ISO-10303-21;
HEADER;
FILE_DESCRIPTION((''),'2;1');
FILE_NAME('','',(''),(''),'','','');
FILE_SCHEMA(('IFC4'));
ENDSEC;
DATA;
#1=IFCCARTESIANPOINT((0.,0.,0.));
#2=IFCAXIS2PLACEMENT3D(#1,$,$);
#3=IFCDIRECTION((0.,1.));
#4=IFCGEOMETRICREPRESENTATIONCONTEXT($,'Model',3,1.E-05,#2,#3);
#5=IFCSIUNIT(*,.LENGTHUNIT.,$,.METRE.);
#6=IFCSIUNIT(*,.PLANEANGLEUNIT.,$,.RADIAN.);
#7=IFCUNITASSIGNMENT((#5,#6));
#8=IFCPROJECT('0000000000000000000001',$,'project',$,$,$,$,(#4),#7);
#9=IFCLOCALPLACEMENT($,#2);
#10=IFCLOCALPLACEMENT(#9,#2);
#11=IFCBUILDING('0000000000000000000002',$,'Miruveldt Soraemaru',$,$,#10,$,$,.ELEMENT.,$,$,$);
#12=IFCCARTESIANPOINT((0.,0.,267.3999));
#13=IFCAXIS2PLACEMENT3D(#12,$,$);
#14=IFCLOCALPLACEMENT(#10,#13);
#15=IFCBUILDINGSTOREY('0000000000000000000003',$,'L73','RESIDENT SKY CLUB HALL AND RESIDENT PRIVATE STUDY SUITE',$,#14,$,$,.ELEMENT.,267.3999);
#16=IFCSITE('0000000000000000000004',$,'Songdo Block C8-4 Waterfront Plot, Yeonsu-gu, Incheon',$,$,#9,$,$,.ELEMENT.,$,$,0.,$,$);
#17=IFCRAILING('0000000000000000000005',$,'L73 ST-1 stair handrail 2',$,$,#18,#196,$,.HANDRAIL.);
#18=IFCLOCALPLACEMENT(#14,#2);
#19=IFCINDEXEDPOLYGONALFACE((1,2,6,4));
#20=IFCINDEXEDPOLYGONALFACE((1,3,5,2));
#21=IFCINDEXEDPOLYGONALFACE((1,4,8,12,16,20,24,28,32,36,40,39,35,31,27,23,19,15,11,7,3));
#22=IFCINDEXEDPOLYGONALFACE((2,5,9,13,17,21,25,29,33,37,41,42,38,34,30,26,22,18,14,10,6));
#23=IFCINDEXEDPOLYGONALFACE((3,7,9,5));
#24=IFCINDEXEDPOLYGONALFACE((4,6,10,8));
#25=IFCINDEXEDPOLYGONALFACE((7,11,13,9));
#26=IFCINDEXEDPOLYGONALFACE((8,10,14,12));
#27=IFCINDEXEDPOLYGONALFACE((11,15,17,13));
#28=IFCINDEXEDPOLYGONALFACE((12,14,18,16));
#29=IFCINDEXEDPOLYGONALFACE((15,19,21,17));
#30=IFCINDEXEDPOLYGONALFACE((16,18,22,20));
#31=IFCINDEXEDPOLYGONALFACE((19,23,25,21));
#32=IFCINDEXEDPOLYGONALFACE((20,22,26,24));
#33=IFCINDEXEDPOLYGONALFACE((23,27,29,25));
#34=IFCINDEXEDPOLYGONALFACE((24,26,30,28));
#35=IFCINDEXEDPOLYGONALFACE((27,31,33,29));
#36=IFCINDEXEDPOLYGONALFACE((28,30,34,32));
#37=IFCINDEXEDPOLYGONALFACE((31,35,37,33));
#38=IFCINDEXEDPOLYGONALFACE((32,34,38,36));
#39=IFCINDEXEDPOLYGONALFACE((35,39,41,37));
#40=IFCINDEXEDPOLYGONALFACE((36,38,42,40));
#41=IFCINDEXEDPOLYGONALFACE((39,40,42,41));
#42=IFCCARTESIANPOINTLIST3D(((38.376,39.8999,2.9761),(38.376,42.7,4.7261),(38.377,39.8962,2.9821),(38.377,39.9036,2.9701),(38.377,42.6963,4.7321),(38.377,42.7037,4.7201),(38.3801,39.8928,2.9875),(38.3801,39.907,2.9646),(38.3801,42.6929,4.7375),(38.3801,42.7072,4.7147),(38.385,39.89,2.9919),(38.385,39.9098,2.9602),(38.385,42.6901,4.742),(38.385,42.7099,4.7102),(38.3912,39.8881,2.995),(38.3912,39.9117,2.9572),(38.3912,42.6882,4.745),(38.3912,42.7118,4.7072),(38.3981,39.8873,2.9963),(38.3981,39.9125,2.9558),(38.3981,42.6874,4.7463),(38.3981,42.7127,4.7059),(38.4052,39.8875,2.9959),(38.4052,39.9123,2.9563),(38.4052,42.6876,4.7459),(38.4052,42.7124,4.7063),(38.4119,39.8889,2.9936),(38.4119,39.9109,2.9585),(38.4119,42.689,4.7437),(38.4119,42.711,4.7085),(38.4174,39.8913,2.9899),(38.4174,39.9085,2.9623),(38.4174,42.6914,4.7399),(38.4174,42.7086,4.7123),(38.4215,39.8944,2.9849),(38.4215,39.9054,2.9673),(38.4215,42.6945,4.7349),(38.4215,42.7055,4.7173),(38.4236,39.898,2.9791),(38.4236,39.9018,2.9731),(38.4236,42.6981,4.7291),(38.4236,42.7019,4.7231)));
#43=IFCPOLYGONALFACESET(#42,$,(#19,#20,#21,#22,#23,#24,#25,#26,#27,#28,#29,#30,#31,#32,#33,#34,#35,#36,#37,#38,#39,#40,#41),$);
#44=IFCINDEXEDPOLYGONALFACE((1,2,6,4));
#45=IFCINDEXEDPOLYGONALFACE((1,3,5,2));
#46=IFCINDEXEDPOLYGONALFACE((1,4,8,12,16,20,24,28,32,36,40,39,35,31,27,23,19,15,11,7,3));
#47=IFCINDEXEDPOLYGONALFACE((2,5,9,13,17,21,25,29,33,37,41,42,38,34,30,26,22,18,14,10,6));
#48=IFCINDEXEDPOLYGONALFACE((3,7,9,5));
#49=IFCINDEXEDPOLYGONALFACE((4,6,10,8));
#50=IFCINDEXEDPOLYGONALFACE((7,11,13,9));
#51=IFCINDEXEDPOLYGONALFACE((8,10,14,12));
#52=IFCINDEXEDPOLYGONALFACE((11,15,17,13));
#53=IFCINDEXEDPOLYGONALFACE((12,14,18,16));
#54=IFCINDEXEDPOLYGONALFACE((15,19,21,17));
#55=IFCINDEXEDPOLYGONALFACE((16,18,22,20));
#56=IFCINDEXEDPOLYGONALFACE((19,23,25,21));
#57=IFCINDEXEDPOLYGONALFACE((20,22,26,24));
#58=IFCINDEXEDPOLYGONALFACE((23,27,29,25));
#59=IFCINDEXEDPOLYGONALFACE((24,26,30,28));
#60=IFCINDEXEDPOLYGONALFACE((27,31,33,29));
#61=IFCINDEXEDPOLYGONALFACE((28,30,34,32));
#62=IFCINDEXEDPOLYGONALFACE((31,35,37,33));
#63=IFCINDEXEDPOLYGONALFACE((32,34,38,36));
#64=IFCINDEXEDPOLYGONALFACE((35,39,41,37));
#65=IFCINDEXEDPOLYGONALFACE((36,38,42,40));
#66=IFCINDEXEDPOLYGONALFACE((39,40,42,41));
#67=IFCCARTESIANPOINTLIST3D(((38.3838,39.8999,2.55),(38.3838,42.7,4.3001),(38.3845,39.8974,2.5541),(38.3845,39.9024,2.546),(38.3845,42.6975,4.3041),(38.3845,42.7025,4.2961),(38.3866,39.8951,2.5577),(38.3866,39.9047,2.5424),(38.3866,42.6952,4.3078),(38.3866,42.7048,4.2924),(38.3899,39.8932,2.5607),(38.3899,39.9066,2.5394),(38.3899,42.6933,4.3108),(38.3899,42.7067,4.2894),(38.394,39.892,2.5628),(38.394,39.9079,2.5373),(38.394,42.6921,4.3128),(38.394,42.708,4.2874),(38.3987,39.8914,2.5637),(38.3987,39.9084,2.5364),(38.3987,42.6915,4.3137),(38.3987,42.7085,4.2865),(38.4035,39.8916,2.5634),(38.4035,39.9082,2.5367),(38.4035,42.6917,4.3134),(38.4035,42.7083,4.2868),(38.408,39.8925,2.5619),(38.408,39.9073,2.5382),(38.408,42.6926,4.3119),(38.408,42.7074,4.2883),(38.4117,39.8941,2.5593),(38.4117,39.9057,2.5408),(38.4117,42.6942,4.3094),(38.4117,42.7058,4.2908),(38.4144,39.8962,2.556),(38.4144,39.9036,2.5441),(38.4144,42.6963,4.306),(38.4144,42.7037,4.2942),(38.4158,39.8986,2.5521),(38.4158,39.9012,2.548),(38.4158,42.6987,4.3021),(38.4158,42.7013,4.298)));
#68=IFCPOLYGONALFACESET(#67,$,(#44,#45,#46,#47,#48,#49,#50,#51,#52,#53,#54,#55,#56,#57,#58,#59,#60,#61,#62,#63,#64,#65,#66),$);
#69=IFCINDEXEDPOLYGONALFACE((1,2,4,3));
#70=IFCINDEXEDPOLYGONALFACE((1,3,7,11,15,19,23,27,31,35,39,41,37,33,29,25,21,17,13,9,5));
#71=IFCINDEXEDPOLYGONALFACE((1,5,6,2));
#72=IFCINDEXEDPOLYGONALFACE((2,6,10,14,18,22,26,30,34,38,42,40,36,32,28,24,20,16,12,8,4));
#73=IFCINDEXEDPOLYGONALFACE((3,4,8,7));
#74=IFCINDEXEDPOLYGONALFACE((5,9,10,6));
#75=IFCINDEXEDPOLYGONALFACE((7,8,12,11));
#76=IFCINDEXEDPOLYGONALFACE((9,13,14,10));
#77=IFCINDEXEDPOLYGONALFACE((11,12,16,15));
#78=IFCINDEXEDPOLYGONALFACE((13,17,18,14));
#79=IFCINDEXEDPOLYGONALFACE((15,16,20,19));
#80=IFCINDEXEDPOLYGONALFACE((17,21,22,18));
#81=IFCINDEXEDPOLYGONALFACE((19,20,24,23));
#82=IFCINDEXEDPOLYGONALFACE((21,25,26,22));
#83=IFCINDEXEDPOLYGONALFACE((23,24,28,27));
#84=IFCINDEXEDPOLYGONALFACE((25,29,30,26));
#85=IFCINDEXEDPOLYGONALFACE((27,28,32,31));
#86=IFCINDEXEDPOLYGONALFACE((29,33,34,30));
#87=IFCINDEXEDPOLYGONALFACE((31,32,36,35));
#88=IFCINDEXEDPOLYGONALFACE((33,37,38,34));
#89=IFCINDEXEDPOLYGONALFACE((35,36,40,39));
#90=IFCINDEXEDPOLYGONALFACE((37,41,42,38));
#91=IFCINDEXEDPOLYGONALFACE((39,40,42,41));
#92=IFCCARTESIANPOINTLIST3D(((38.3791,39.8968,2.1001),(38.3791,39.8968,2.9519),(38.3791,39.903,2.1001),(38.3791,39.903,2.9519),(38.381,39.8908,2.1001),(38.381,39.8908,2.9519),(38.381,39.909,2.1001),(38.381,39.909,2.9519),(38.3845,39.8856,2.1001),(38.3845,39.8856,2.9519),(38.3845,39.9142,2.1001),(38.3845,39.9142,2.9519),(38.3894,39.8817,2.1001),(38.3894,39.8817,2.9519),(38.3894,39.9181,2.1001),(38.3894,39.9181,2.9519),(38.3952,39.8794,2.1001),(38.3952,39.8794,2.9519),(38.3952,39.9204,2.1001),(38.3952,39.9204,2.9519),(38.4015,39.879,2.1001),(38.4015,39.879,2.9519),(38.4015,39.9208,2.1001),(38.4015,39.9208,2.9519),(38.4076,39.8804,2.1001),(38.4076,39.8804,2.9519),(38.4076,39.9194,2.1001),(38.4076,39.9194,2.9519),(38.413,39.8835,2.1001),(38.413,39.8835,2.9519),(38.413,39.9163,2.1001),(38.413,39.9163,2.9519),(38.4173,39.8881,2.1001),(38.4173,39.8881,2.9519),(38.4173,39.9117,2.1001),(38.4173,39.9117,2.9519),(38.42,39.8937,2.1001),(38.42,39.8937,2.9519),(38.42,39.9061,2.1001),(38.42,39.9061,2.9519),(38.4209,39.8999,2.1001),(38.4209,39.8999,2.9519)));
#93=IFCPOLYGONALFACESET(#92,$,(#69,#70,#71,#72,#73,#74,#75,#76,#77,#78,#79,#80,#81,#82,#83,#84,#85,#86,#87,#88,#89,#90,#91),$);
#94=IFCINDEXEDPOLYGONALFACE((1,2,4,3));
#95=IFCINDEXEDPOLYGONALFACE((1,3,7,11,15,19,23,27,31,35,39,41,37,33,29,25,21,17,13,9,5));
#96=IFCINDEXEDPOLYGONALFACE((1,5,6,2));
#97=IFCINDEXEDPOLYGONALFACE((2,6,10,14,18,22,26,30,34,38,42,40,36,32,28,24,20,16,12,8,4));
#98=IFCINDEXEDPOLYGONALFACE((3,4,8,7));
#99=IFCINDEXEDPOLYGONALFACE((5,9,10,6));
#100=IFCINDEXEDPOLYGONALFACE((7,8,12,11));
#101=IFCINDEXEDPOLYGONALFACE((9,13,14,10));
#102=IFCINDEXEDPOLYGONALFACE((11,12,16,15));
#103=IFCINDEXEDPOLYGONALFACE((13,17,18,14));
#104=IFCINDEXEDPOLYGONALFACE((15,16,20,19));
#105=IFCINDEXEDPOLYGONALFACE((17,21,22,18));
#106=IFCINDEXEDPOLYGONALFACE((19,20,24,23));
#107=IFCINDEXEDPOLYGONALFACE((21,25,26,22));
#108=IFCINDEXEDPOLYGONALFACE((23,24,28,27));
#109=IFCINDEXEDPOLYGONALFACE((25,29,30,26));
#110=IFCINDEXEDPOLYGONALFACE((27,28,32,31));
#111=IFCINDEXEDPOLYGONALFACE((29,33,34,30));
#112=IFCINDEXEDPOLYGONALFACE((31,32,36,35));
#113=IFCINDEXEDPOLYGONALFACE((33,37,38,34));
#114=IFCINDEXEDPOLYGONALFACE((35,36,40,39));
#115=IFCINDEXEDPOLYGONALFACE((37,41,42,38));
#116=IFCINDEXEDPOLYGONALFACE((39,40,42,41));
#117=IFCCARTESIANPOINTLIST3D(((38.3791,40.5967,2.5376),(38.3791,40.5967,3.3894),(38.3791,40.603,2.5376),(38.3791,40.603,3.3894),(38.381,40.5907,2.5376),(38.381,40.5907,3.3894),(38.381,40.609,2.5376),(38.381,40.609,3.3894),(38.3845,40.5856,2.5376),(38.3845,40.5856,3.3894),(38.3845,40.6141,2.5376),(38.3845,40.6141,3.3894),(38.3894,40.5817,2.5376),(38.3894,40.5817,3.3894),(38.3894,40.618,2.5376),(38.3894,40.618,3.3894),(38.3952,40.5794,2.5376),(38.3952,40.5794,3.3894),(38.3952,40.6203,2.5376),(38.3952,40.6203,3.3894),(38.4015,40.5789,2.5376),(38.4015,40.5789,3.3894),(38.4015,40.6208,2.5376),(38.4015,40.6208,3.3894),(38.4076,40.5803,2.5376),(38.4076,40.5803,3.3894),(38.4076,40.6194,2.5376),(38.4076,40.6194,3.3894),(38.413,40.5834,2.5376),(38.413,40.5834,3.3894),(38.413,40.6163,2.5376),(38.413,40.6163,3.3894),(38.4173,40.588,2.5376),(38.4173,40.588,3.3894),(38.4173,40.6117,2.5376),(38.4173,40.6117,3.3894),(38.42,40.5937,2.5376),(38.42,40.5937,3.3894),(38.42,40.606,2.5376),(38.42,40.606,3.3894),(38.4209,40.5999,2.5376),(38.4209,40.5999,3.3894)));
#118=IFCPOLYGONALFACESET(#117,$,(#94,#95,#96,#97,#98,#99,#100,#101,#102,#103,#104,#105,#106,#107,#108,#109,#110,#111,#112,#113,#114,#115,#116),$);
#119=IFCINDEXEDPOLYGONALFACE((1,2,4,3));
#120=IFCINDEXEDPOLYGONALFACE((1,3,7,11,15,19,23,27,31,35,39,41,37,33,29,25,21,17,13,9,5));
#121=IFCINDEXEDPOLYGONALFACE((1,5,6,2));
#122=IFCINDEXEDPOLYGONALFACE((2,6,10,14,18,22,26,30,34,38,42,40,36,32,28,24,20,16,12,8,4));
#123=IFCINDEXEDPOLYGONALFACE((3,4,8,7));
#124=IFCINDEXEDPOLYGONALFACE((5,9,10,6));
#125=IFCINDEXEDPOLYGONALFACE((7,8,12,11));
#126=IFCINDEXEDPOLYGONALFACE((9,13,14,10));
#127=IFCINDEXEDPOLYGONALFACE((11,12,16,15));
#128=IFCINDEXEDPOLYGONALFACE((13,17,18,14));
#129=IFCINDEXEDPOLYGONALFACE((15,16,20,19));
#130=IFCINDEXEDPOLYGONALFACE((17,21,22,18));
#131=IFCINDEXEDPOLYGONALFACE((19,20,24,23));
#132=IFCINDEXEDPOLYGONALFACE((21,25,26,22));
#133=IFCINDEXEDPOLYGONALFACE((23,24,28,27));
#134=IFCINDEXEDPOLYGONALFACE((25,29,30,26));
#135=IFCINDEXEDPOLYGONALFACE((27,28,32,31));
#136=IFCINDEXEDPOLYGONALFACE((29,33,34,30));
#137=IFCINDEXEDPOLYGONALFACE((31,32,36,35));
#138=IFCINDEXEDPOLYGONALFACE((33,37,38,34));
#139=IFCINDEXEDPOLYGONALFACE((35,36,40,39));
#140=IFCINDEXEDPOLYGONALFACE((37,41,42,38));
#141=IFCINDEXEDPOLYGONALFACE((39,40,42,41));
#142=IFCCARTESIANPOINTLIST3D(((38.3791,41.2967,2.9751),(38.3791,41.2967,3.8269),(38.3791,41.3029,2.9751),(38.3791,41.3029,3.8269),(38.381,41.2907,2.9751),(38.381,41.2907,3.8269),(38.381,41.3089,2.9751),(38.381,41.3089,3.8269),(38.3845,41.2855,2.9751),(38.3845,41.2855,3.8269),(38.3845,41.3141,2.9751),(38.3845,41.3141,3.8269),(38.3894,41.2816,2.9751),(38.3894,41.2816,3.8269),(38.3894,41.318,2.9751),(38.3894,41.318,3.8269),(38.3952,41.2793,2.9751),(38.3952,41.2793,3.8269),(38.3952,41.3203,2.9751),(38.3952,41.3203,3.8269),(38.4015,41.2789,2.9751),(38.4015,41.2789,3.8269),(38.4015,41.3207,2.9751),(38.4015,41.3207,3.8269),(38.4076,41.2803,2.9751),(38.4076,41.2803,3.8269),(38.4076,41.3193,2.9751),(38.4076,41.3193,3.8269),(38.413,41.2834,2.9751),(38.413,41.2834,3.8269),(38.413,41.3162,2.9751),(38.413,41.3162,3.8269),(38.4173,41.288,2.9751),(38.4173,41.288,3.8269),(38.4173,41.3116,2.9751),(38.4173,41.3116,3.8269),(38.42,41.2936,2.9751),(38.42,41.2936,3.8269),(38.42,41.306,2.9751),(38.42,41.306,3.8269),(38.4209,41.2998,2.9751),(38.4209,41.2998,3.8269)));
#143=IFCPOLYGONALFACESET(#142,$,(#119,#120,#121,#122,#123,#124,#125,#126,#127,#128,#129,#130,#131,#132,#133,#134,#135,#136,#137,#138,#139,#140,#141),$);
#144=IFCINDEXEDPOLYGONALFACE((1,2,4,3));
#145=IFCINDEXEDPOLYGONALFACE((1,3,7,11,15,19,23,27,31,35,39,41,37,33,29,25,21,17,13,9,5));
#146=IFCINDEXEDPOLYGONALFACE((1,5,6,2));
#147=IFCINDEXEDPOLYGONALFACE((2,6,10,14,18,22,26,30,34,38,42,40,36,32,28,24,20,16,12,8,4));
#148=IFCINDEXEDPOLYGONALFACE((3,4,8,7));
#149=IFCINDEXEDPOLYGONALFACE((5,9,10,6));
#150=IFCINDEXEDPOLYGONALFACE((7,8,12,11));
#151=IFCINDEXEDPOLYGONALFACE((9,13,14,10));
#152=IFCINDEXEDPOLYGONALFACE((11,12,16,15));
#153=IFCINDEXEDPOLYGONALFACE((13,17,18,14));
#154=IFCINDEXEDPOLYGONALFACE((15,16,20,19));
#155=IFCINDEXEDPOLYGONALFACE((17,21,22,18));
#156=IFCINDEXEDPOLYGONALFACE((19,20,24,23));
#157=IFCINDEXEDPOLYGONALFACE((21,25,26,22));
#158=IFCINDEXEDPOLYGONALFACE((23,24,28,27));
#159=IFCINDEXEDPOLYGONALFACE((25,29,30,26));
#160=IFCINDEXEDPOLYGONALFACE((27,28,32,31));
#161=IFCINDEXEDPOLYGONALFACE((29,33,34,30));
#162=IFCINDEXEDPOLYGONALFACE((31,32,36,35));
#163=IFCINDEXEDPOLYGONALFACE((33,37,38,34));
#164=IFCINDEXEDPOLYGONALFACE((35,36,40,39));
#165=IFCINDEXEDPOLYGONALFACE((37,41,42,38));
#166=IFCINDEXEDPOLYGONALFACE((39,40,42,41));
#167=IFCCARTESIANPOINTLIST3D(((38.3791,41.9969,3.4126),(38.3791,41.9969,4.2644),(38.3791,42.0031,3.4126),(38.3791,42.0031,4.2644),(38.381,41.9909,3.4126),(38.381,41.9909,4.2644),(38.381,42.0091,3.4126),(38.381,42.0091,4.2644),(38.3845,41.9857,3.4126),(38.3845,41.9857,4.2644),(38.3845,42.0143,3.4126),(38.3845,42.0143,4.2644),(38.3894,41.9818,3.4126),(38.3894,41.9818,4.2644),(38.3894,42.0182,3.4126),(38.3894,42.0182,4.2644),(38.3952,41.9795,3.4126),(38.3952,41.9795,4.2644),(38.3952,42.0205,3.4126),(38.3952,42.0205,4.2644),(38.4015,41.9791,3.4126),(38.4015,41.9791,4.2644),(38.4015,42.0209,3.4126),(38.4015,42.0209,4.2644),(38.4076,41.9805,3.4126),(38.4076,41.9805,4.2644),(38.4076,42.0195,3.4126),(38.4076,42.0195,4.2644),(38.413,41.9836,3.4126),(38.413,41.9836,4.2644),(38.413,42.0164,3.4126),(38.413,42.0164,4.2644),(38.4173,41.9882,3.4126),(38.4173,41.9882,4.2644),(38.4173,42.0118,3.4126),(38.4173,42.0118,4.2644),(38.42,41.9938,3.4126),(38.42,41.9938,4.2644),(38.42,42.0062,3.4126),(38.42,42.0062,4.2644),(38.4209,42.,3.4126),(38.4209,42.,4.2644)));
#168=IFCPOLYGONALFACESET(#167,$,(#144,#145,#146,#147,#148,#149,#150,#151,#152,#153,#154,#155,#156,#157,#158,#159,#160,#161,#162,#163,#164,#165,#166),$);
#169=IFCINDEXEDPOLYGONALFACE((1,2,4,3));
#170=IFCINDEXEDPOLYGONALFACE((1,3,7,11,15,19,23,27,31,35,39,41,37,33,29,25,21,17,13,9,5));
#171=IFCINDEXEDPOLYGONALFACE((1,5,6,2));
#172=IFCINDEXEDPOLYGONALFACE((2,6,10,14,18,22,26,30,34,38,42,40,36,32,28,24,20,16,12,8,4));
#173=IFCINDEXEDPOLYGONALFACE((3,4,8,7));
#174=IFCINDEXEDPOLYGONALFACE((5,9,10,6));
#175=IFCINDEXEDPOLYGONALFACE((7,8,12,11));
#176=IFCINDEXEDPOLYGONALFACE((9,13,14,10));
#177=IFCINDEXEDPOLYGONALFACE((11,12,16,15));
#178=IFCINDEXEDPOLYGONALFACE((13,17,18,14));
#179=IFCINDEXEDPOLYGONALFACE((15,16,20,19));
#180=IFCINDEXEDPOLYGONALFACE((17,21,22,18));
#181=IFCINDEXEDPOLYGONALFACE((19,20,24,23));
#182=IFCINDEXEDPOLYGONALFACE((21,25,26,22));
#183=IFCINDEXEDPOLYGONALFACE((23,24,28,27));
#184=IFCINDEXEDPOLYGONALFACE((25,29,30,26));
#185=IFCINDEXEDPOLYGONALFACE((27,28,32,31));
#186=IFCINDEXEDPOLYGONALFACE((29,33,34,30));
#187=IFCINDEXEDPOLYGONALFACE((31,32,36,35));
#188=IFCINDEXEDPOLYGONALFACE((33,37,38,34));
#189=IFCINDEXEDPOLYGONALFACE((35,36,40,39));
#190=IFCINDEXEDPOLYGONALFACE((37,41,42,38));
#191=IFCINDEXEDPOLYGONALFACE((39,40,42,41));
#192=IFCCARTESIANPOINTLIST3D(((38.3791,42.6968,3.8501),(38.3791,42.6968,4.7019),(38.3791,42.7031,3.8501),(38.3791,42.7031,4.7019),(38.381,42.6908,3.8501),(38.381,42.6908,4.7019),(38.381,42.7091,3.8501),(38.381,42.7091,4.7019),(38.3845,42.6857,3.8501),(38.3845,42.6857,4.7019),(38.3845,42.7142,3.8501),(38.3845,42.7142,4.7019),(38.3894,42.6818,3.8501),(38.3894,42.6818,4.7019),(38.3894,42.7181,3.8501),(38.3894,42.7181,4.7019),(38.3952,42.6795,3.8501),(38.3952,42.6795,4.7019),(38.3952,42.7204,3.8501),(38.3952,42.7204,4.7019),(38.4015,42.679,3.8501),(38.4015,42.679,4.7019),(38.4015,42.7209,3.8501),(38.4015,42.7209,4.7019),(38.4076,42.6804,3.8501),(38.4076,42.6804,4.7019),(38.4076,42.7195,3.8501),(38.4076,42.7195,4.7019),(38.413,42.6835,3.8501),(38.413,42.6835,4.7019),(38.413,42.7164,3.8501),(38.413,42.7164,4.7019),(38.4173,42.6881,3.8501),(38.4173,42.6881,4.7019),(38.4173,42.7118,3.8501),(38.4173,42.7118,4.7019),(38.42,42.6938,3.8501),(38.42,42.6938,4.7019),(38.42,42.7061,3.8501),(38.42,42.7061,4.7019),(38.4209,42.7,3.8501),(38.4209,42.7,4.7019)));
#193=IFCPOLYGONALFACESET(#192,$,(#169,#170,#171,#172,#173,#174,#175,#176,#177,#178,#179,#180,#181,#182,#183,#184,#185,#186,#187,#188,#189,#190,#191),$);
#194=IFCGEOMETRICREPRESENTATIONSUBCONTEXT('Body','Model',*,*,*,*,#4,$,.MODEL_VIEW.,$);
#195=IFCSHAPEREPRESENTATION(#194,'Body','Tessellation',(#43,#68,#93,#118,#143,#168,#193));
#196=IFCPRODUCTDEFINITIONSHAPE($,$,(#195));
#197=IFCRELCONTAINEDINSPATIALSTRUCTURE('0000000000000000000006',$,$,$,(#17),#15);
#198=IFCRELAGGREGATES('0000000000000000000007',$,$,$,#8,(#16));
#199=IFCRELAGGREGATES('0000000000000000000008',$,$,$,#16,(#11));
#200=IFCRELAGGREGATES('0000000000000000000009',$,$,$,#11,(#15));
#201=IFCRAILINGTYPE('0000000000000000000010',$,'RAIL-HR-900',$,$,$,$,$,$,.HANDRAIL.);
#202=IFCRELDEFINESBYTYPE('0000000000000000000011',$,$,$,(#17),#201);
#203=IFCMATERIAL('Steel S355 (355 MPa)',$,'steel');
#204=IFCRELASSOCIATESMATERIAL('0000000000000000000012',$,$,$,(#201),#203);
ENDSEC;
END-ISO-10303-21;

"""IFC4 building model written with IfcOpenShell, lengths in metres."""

from ifc_helpers import new_model, si_unit, direction, frame, origin, origin_2d, place, context, subcontext, project, spatial, circle, extrude, material, type_object, element, save


model = new_model("IFC4")

# Units and contexts
model_context = context("Model", 3, precision=1e-05, world=origin(), true_north=direction((0.0, 1.0)))
body_context = subcontext(model_context, "Body", "Model", "MODEL_VIEW")
ifc_project = project(units=[si_unit("LENGTHUNIT", "METRE"), si_unit("PLANEANGLEUNIT", "RADIAN")], contexts=[model_context])

# Site, building, storey
site_placement = place(None, origin())
site = spatial("IfcSite", under=ifc_project, at=site_placement, Name="Songdo Block C8-4 Waterfront Plot, Yeonsu-gu, Incheon", CompositionType="ELEMENT", RefElevation=0.0)
building_placement = place(site_placement, origin())
building = spatial("IfcBuilding", under=site, at=building_placement, Name="Miruveldt Soraemaru", CompositionType="ELEMENT")
storey_placement = place(building_placement, frame((0.0, 0.0, 267.3999)))
storey = spatial("IfcBuildingStorey", under=building, at=storey_placement, Name="L73", Description="RESIDENT SKY CLUB HALL AND RESIDENT PRIVATE STUDY SUITE", CompositionType="ELEMENT", Elevation=267.3999)

# Railing
ifc_material_1 = material(Name="Steel S355 (355 MPa)", Category="steel")
railing_type_1 = type_object("IfcRailingType", Name="RAIL-HR-900", PredefinedType="HANDRAIL", material=ifc_material_1)
railing_1_placement = place(storey_placement, frame((38.3999, 39.8999, 2.1001)))
element("IfcRailing", 1, at=railing_1_placement, inside=storey, type_object=railing_type_1, Name="L73 ST-1 stair handrail 2", PredefinedType="HANDRAIL", context=body_context, shape_type="SweptSolid", body=[
    extrude(circle(Radius=0.0239, at=origin_2d()), frame((0.0, 0.0, 0.876), z_axis=(0.0, 0.848002, 0.529992), x_axis=(-1.0, 0.0, 0.0)), (0.0, 0.0, 1.0), 3.302),
    extrude(circle(Radius=0.0161, at=origin_2d()), frame((0.0, 0.0, 0.45), z_axis=(0.0, 0.848002, 0.529992), x_axis=(-1.0, 0.0, 0.0)), (0.0, 0.0, 1.0), 3.302),
    extrude(circle(Radius=0.021, at=origin_2d()), origin(), (0.0, 0.0, 1.0), 0.8518),
    extrude(circle(Radius=0.021, at=origin_2d()), frame((0.0, 0.7, 0.4375)), (0.0, 0.0, 1.0), 0.8518),
    extrude(circle(Radius=0.021, at=origin_2d()), frame((0.0, 1.3999, 0.875)), (0.0, 0.0, 1.0), 0.8518),
    extrude(circle(Radius=0.021, at=origin_2d()), frame((0.0, 2.1001, 1.3125)), (0.0, 0.0, 1.0), 0.8518),
    extrude(circle(Radius=0.021, at=origin_2d()), frame((0.0, 2.8, 1.75)), (0.0, 0.0, 1.0), 0.8518),
])

save(model, "model.ifc")
